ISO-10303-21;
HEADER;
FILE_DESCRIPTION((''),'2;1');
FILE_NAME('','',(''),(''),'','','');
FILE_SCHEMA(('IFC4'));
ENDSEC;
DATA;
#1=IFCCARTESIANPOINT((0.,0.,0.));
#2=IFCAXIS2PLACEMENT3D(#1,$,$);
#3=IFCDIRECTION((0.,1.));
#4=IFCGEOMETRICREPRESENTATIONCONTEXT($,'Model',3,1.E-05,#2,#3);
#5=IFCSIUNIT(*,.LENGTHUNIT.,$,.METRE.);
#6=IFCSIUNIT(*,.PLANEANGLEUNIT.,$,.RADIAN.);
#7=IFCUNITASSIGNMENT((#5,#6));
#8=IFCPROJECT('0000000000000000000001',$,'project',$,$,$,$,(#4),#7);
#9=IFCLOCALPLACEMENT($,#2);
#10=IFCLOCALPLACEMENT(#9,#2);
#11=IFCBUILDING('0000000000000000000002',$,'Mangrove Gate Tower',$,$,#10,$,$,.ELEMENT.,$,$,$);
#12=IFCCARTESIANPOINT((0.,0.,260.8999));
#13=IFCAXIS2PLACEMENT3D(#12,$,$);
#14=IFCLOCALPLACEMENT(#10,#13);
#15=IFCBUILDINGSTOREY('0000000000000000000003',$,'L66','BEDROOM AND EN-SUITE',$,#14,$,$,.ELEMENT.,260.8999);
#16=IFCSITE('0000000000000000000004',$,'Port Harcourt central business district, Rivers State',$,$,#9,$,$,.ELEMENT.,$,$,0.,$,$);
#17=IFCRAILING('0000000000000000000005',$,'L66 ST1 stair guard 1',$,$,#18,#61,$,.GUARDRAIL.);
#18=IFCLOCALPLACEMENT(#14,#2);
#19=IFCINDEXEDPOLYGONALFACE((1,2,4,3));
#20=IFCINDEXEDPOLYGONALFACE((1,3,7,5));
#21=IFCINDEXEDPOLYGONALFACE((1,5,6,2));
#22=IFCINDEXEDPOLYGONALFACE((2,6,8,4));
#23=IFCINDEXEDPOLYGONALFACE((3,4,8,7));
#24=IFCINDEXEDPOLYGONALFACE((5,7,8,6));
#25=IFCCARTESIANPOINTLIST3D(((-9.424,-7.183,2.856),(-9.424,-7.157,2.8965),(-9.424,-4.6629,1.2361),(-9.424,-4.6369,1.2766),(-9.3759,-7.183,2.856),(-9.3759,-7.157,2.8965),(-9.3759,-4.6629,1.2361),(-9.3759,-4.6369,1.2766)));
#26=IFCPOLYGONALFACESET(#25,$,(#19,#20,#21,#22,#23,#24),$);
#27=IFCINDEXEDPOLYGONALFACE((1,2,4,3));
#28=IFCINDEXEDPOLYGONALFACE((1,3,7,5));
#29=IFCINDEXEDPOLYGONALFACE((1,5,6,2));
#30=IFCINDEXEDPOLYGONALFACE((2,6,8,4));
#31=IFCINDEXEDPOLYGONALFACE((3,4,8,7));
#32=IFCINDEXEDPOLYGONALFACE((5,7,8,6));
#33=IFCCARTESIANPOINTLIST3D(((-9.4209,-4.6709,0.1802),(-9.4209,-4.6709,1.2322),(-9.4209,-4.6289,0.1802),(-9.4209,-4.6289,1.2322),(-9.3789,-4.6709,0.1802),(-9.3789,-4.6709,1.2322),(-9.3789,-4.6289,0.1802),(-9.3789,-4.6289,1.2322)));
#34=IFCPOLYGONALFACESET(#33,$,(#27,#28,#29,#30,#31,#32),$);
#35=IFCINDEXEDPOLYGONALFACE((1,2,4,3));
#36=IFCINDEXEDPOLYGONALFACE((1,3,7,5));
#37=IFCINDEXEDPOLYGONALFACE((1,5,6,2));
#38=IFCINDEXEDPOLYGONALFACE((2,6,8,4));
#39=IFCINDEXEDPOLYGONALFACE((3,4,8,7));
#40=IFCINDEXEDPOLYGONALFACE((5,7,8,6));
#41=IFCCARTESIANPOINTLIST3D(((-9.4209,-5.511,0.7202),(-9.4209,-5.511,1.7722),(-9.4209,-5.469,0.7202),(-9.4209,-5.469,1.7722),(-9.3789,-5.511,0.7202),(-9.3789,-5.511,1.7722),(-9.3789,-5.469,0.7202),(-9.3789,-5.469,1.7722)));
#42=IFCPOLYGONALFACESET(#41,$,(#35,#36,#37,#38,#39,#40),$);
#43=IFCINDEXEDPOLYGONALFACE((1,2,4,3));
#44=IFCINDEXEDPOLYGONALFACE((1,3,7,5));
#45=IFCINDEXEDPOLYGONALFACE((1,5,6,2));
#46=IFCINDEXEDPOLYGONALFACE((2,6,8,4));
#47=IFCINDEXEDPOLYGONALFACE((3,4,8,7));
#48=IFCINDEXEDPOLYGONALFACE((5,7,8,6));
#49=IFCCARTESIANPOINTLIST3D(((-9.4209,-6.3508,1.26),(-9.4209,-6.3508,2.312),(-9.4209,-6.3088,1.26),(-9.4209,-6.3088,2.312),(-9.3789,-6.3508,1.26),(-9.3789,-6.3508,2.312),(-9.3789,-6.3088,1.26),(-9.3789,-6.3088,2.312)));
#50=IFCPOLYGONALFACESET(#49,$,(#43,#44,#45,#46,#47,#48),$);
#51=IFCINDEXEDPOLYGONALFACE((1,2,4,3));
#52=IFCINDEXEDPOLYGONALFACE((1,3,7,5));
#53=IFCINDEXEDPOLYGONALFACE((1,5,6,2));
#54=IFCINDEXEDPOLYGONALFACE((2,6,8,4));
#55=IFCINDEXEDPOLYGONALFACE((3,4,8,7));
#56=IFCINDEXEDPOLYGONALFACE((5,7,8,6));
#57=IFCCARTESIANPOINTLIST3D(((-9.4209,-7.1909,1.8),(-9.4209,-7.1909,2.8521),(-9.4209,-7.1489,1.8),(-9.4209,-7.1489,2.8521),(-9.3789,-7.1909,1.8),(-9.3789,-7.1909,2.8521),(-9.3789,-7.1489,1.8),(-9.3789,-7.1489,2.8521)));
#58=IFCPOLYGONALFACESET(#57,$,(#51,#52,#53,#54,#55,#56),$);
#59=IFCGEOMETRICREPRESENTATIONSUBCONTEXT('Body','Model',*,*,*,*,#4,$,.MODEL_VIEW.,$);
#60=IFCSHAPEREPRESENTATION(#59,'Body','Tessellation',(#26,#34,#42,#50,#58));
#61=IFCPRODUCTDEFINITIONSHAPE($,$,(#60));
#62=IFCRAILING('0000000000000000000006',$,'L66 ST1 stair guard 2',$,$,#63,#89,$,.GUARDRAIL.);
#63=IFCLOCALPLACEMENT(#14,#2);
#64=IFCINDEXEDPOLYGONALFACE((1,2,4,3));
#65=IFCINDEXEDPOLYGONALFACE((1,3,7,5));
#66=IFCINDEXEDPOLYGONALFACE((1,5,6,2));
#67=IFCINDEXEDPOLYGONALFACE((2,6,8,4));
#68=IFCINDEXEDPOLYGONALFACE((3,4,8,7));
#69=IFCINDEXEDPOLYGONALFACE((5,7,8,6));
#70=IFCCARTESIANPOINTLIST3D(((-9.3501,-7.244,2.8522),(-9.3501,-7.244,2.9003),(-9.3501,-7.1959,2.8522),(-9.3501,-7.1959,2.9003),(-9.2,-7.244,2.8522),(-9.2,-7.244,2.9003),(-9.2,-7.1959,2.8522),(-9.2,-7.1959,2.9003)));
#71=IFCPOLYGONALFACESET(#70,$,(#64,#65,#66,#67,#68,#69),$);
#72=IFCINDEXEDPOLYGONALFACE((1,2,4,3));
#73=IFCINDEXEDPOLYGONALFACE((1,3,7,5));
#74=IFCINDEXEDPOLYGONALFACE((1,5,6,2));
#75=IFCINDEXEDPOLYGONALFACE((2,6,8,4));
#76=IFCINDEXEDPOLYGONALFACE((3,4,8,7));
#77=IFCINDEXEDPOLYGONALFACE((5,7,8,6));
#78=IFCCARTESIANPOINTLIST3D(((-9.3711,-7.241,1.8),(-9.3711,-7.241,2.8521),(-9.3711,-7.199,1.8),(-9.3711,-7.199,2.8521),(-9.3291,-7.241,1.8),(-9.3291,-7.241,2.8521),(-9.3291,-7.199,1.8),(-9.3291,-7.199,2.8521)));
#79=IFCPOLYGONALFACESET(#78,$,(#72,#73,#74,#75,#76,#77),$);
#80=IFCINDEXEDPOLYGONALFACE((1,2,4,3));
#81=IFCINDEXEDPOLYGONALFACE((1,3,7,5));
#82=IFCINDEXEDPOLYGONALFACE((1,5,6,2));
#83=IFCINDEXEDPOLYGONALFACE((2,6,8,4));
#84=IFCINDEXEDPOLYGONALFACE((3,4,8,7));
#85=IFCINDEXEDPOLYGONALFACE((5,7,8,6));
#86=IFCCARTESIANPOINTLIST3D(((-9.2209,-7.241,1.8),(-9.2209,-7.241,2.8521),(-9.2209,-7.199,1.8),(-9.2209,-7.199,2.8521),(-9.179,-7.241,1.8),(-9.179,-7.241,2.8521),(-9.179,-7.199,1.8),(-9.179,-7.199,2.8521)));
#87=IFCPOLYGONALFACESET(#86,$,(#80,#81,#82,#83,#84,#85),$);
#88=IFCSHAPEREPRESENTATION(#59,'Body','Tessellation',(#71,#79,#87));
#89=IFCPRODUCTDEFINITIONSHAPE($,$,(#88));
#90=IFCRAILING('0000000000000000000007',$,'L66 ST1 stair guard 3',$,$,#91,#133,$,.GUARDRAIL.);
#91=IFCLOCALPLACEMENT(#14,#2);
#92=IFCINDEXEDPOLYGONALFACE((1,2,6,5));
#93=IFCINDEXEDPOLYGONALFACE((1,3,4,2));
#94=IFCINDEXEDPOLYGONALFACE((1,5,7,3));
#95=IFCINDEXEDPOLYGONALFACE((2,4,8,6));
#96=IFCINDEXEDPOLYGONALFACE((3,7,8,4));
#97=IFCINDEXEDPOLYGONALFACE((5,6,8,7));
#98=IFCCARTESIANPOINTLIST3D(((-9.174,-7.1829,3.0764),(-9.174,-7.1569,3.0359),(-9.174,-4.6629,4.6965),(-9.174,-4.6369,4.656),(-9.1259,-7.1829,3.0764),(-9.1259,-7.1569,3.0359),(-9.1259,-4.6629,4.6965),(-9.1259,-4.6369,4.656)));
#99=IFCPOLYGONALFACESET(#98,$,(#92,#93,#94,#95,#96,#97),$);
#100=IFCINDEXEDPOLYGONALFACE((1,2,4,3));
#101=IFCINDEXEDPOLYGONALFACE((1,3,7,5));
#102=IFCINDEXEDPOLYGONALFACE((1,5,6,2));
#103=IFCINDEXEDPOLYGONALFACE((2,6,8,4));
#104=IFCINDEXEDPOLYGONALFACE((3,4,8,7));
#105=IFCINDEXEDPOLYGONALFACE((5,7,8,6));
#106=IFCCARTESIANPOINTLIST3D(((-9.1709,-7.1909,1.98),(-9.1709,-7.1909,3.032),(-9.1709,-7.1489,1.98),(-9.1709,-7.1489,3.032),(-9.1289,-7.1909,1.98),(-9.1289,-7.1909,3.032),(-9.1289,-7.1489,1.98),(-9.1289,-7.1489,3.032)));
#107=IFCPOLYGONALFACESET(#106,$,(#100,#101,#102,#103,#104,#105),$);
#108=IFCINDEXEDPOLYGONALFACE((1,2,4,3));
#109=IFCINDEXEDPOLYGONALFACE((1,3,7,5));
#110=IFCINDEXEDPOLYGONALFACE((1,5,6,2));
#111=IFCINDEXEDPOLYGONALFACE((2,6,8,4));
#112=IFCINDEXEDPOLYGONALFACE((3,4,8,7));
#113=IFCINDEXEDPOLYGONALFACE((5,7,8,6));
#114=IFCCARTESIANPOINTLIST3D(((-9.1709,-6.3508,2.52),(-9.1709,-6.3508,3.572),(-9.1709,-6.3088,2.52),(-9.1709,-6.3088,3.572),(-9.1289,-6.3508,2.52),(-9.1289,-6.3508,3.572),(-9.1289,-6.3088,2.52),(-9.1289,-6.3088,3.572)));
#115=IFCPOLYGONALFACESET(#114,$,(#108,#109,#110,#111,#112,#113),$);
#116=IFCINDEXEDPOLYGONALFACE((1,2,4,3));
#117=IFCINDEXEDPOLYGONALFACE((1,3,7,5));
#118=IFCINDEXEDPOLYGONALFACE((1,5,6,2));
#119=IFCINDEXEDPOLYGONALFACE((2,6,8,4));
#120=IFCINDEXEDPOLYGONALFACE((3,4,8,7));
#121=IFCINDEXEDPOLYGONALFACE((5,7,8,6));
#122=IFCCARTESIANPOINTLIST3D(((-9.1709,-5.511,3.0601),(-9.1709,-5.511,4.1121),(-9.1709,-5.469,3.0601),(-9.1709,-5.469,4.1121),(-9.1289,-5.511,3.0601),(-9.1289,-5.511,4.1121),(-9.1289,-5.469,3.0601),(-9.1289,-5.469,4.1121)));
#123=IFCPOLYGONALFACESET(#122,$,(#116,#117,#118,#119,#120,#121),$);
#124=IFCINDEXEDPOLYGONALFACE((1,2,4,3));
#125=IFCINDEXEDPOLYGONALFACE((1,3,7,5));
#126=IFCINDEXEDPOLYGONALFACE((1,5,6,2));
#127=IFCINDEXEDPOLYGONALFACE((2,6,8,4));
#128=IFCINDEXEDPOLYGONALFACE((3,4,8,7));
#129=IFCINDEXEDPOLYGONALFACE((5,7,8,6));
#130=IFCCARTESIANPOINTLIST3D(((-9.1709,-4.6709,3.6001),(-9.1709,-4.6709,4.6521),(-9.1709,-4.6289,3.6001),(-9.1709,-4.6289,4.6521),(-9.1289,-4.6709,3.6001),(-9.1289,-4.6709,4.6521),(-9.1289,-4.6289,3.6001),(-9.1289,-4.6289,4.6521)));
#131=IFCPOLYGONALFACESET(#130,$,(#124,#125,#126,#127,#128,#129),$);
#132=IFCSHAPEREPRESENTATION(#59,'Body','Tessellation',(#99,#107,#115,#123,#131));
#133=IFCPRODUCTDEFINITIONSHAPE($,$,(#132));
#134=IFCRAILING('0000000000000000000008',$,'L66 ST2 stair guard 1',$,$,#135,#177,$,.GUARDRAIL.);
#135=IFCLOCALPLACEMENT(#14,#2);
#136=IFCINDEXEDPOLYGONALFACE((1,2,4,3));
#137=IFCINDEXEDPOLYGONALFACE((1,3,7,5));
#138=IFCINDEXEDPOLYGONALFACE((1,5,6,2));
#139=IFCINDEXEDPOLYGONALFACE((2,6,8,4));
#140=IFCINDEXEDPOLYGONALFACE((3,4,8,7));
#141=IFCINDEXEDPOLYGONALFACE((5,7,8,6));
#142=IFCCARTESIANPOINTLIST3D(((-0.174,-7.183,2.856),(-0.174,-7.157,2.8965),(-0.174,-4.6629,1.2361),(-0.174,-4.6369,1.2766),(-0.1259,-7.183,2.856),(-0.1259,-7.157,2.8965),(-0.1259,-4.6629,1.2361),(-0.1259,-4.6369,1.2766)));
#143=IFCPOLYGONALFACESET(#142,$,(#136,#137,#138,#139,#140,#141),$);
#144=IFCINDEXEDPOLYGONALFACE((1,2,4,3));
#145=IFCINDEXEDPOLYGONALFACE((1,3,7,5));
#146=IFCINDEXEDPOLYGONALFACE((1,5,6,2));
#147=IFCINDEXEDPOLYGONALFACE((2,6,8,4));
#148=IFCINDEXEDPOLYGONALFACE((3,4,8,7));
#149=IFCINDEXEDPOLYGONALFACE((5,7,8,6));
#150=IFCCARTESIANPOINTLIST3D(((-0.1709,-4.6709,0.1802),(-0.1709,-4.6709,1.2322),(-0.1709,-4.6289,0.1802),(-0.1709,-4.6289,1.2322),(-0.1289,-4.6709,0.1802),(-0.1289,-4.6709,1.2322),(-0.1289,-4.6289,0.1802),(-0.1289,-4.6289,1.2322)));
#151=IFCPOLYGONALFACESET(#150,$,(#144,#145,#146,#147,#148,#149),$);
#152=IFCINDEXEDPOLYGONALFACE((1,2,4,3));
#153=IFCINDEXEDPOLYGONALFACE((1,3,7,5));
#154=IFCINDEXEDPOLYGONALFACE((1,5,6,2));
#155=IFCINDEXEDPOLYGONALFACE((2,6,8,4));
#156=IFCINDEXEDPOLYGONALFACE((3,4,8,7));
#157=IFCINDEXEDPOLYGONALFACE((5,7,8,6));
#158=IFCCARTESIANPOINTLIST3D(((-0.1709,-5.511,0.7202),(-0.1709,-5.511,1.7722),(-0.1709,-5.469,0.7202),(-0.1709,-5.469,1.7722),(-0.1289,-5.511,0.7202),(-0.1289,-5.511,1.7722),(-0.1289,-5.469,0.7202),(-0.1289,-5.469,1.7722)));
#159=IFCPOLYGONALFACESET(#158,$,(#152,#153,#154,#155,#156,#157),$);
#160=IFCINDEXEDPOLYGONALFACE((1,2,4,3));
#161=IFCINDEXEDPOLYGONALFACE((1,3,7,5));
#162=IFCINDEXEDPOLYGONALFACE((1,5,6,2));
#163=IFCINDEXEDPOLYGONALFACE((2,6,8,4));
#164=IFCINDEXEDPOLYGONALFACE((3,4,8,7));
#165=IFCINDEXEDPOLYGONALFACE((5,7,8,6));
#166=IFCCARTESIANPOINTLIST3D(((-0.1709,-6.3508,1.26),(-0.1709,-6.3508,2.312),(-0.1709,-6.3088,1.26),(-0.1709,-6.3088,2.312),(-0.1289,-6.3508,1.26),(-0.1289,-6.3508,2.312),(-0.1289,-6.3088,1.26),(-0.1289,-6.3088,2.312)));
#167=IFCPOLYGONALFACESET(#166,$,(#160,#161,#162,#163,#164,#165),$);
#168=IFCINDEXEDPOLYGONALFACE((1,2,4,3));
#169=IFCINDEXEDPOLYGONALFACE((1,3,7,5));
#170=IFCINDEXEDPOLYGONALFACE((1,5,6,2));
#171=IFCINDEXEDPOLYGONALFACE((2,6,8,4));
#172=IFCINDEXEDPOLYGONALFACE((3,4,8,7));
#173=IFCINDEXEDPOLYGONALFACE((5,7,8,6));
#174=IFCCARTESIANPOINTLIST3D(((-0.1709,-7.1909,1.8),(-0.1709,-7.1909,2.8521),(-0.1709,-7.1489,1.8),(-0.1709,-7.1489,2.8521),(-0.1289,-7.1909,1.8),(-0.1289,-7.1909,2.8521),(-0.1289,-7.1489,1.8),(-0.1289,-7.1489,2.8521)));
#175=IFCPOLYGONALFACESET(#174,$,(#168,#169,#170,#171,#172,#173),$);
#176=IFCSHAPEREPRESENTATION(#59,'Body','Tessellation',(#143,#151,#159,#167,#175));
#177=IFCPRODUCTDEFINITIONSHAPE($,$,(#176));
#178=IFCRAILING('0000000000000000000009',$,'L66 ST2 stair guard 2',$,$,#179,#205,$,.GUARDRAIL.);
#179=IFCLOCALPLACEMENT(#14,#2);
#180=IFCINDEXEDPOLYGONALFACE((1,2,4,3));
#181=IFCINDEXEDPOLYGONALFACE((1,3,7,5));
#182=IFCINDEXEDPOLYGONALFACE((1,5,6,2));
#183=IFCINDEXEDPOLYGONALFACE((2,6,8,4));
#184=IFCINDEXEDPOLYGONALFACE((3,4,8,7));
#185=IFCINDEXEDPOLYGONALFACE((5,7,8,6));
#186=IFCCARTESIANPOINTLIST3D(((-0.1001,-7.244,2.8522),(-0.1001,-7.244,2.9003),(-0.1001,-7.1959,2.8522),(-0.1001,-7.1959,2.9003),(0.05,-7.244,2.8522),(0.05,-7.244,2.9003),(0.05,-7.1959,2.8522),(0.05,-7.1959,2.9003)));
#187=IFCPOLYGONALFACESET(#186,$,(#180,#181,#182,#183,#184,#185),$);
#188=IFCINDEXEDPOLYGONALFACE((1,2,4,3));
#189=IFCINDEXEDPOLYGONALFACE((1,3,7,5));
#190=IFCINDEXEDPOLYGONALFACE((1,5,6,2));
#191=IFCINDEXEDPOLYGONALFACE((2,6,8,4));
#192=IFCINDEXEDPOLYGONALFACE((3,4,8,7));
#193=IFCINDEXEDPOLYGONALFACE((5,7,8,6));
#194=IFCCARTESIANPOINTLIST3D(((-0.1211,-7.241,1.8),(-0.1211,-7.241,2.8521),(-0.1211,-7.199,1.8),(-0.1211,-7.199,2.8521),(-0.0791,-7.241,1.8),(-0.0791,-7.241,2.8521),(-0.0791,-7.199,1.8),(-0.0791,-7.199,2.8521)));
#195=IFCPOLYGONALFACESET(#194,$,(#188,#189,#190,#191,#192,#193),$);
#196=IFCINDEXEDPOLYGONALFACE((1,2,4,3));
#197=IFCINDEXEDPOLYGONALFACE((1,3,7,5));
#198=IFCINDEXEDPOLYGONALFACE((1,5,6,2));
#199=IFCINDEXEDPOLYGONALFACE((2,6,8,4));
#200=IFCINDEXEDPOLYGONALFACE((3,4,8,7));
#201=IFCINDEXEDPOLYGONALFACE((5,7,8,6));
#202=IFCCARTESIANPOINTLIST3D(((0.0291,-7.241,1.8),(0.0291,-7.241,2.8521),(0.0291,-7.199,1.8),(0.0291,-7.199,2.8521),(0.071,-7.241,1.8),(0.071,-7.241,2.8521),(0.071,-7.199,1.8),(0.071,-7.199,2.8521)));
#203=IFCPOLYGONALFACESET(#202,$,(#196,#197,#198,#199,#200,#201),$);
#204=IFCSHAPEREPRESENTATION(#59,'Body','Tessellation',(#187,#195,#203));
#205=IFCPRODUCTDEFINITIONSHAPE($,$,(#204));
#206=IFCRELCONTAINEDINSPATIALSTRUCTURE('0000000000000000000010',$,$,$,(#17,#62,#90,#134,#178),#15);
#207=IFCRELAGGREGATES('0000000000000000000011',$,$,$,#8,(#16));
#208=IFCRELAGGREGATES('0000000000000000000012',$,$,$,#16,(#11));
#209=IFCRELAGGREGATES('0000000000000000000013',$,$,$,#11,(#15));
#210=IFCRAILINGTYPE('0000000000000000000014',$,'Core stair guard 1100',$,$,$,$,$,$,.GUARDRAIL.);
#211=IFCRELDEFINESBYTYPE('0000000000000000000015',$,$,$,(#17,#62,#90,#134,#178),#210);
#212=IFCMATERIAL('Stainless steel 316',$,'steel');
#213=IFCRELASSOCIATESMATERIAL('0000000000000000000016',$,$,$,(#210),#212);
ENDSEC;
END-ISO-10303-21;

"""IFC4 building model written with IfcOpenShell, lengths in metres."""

from ifc_helpers import new_model, si_unit, direction, frame, origin, origin_2d, place, context, subcontext, project, spatial, rectangle, extrude, material, type_object, element, save


model = new_model("IFC4")

# Units and contexts
model_context = context("Model", 3, precision=1e-05, world=origin(), true_north=direction((0.0, 1.0)))
body_context = subcontext(model_context, "Body", "Model", "MODEL_VIEW")
ifc_project = project(units=[si_unit("LENGTHUNIT", "METRE"), si_unit("PLANEANGLEUNIT", "RADIAN")], contexts=[model_context])

# Site, building, storey
site_placement = place(None, origin())
site = spatial("IfcSite", under=ifc_project, at=site_placement, Name="Port Harcourt central business district, Rivers State", CompositionType="ELEMENT", RefElevation=0.0)
building_placement = place(site_placement, origin())
building = spatial("IfcBuilding", under=site, at=building_placement, Name="Mangrove Gate Tower", CompositionType="ELEMENT")
storey_placement = place(building_placement, frame((0.0, 0.0, 260.8999)))
storey = spatial("IfcBuildingStorey", under=building, at=storey_placement, Name="L66", Description="BEDROOM AND EN-SUITE", CompositionType="ELEMENT", Elevation=260.8999)

# Railings
ifc_material_1 = material(Name="Stainless steel 316", Category="steel")
railing_type_1 = type_object("IfcRailingType", Name="Core stair guard 1100", PredefinedType="GUARDRAIL", material=ifc_material_1)
railing_1_placement = place(storey_placement, frame((-9.3999, -4.6499, 0.1802)))
element("IfcRailing", 1, at=railing_1_placement, inside=storey, type_object=railing_type_1, Name="L66 ST1 stair guard 1", PredefinedType="GUARDRAIL", context=body_context, shape_type="SweptSolid", body=[
    extrude(rectangle(XDim=0.0481, YDim=0.0481, at=origin_2d()), frame((0.0, 0.0, 1.0762), z_axis=(0.0, -0.8412, 0.540725), x_axis=(1.0, 0.0, 0.0)), (0.0, 0.0, 1.0), 2.9958),
    extrude(rectangle(XDim=0.042, YDim=0.042, at=origin_2d()), origin(), (0.0, 0.0, 1.0), 1.052),
    extrude(rectangle(XDim=0.042, YDim=0.042, at=origin_2d()), frame((0.0, -0.8401, 0.54)), (0.0, 0.0, 1.0), 1.052),
    extrude(rectangle(XDim=0.042, YDim=0.042, at=origin_2d()), frame((0.0, -1.6799, 1.0798)), (0.0, 0.0, 1.0), 1.052),
    extrude(rectangle(XDim=0.042, YDim=0.042, at=origin_2d()), frame((0.0, -2.52, 1.6199)), (0.0, 0.0, 1.0), 1.052),
])
railing_2_placement = place(storey_placement, frame((-9.3501, -7.22, 1.8)))
element("IfcRailing", 2, at=railing_2_placement, inside=storey, type_object=railing_type_1, Name="L66 ST1 stair guard 2", PredefinedType="GUARDRAIL", context=body_context, shape_type="SweptSolid", body=[
    extrude(rectangle(XDim=0.0481, YDim=0.0481, at=origin_2d()), frame((0.0, 0.0, 1.0762), z_axis=(1.0, 0.0, 0.0), x_axis=(0.0, 1.0, 0.0)), (0.0, 0.0, 1.0), 0.1501),
    extrude(rectangle(XDim=0.042, YDim=0.042, at=origin_2d()), origin(), (0.0, 0.0, 1.0), 1.052),
    extrude(rectangle(XDim=0.042, YDim=0.042, at=origin_2d()), frame((0.1501, 0.0, 0.0)), (0.0, 0.0, 1.0), 1.052),
])
railing_3_placement = place(storey_placement, frame((-9.1499, -7.1699, 1.98)))
element("IfcRailing", 3, at=railing_3_placement, inside=storey, type_object=railing_type_1, Name="L66 ST1 stair guard 3", PredefinedType="GUARDRAIL", context=body_context, shape_type="SweptSolid", body=[
    extrude(rectangle(XDim=0.0481, YDim=0.0481, at=origin_2d()), frame((0.0, 0.0, 1.0762), z_axis=(0.0, 0.841163, 0.540782), x_axis=(-1.0, 0.0, 0.0)), (0.0, 0.0, 1.0), 2.9958),
    extrude(rectangle(XDim=0.042, YDim=0.042, at=origin_2d()), origin(), (0.0, 0.0, 1.0), 1.052),
    extrude(rectangle(XDim=0.042, YDim=0.042, at=origin_2d()), frame((0.0, 0.8401, 0.54)), (0.0, 0.0, 1.0), 1.052),
    extrude(rectangle(XDim=0.042, YDim=0.042, at=origin_2d()), frame((0.0, 1.6799, 1.0801)), (0.0, 0.0, 1.0), 1.052),
    extrude(rectangle(XDim=0.042, YDim=0.042, at=origin_2d()), frame((0.0, 2.52, 1.6201)), (0.0, 0.0, 1.0), 1.052),
])
railing_4_placement = place(storey_placement, frame((-0.1499, -4.6499, 0.1802)))
element("IfcRailing", 4, at=railing_4_placement, inside=storey, type_object=railing_type_1, Name="L66 ST2 stair guard 1", PredefinedType="GUARDRAIL", context=body_context, shape_type="SweptSolid", body=[
    extrude(rectangle(XDim=0.0481, YDim=0.0481, at=origin_2d()), frame((0.0, 0.0, 1.0762), z_axis=(0.0, -0.8412, 0.540725), x_axis=(1.0, 0.0, 0.0)), (0.0, 0.0, 1.0), 2.9958),
    extrude(rectangle(XDim=0.042, YDim=0.042, at=origin_2d()), origin(), (0.0, 0.0, 1.0), 1.052),
    extrude(rectangle(XDim=0.042, YDim=0.042, at=origin_2d()), frame((0.0, -0.8401, 0.54)), (0.0, 0.0, 1.0), 1.052),
    extrude(rectangle(XDim=0.042, YDim=0.042, at=origin_2d()), frame((0.0, -1.6799, 1.0798)), (0.0, 0.0, 1.0), 1.052),
    extrude(rectangle(XDim=0.042, YDim=0.042, at=origin_2d()), frame((0.0, -2.52, 1.6199)), (0.0, 0.0, 1.0), 1.052),
])
railing_5_placement = place(storey_placement, frame((-0.1001, -7.22, 1.8)))
element("IfcRailing", 5, at=railing_5_placement, inside=storey, type_object=railing_type_1, Name="L66 ST2 stair guard 2", PredefinedType="GUARDRAIL", context=body_context, shape_type="SweptSolid", body=[
    extrude(rectangle(XDim=0.0481, YDim=0.0481, at=origin_2d()), frame((0.0, 0.0, 1.0762), z_axis=(1.0, 0.0, 0.0), x_axis=(0.0, 1.0, 0.0)), (0.0, 0.0, 1.0), 0.1501),
    extrude(rectangle(XDim=0.042, YDim=0.042, at=origin_2d()), origin(), (0.0, 0.0, 1.0), 1.052),
    extrude(rectangle(XDim=0.042, YDim=0.042, at=origin_2d()), frame((0.1501, 0.0, 0.0)), (0.0, 0.0, 1.0), 1.052),
])

save(model, "model.ifc")
